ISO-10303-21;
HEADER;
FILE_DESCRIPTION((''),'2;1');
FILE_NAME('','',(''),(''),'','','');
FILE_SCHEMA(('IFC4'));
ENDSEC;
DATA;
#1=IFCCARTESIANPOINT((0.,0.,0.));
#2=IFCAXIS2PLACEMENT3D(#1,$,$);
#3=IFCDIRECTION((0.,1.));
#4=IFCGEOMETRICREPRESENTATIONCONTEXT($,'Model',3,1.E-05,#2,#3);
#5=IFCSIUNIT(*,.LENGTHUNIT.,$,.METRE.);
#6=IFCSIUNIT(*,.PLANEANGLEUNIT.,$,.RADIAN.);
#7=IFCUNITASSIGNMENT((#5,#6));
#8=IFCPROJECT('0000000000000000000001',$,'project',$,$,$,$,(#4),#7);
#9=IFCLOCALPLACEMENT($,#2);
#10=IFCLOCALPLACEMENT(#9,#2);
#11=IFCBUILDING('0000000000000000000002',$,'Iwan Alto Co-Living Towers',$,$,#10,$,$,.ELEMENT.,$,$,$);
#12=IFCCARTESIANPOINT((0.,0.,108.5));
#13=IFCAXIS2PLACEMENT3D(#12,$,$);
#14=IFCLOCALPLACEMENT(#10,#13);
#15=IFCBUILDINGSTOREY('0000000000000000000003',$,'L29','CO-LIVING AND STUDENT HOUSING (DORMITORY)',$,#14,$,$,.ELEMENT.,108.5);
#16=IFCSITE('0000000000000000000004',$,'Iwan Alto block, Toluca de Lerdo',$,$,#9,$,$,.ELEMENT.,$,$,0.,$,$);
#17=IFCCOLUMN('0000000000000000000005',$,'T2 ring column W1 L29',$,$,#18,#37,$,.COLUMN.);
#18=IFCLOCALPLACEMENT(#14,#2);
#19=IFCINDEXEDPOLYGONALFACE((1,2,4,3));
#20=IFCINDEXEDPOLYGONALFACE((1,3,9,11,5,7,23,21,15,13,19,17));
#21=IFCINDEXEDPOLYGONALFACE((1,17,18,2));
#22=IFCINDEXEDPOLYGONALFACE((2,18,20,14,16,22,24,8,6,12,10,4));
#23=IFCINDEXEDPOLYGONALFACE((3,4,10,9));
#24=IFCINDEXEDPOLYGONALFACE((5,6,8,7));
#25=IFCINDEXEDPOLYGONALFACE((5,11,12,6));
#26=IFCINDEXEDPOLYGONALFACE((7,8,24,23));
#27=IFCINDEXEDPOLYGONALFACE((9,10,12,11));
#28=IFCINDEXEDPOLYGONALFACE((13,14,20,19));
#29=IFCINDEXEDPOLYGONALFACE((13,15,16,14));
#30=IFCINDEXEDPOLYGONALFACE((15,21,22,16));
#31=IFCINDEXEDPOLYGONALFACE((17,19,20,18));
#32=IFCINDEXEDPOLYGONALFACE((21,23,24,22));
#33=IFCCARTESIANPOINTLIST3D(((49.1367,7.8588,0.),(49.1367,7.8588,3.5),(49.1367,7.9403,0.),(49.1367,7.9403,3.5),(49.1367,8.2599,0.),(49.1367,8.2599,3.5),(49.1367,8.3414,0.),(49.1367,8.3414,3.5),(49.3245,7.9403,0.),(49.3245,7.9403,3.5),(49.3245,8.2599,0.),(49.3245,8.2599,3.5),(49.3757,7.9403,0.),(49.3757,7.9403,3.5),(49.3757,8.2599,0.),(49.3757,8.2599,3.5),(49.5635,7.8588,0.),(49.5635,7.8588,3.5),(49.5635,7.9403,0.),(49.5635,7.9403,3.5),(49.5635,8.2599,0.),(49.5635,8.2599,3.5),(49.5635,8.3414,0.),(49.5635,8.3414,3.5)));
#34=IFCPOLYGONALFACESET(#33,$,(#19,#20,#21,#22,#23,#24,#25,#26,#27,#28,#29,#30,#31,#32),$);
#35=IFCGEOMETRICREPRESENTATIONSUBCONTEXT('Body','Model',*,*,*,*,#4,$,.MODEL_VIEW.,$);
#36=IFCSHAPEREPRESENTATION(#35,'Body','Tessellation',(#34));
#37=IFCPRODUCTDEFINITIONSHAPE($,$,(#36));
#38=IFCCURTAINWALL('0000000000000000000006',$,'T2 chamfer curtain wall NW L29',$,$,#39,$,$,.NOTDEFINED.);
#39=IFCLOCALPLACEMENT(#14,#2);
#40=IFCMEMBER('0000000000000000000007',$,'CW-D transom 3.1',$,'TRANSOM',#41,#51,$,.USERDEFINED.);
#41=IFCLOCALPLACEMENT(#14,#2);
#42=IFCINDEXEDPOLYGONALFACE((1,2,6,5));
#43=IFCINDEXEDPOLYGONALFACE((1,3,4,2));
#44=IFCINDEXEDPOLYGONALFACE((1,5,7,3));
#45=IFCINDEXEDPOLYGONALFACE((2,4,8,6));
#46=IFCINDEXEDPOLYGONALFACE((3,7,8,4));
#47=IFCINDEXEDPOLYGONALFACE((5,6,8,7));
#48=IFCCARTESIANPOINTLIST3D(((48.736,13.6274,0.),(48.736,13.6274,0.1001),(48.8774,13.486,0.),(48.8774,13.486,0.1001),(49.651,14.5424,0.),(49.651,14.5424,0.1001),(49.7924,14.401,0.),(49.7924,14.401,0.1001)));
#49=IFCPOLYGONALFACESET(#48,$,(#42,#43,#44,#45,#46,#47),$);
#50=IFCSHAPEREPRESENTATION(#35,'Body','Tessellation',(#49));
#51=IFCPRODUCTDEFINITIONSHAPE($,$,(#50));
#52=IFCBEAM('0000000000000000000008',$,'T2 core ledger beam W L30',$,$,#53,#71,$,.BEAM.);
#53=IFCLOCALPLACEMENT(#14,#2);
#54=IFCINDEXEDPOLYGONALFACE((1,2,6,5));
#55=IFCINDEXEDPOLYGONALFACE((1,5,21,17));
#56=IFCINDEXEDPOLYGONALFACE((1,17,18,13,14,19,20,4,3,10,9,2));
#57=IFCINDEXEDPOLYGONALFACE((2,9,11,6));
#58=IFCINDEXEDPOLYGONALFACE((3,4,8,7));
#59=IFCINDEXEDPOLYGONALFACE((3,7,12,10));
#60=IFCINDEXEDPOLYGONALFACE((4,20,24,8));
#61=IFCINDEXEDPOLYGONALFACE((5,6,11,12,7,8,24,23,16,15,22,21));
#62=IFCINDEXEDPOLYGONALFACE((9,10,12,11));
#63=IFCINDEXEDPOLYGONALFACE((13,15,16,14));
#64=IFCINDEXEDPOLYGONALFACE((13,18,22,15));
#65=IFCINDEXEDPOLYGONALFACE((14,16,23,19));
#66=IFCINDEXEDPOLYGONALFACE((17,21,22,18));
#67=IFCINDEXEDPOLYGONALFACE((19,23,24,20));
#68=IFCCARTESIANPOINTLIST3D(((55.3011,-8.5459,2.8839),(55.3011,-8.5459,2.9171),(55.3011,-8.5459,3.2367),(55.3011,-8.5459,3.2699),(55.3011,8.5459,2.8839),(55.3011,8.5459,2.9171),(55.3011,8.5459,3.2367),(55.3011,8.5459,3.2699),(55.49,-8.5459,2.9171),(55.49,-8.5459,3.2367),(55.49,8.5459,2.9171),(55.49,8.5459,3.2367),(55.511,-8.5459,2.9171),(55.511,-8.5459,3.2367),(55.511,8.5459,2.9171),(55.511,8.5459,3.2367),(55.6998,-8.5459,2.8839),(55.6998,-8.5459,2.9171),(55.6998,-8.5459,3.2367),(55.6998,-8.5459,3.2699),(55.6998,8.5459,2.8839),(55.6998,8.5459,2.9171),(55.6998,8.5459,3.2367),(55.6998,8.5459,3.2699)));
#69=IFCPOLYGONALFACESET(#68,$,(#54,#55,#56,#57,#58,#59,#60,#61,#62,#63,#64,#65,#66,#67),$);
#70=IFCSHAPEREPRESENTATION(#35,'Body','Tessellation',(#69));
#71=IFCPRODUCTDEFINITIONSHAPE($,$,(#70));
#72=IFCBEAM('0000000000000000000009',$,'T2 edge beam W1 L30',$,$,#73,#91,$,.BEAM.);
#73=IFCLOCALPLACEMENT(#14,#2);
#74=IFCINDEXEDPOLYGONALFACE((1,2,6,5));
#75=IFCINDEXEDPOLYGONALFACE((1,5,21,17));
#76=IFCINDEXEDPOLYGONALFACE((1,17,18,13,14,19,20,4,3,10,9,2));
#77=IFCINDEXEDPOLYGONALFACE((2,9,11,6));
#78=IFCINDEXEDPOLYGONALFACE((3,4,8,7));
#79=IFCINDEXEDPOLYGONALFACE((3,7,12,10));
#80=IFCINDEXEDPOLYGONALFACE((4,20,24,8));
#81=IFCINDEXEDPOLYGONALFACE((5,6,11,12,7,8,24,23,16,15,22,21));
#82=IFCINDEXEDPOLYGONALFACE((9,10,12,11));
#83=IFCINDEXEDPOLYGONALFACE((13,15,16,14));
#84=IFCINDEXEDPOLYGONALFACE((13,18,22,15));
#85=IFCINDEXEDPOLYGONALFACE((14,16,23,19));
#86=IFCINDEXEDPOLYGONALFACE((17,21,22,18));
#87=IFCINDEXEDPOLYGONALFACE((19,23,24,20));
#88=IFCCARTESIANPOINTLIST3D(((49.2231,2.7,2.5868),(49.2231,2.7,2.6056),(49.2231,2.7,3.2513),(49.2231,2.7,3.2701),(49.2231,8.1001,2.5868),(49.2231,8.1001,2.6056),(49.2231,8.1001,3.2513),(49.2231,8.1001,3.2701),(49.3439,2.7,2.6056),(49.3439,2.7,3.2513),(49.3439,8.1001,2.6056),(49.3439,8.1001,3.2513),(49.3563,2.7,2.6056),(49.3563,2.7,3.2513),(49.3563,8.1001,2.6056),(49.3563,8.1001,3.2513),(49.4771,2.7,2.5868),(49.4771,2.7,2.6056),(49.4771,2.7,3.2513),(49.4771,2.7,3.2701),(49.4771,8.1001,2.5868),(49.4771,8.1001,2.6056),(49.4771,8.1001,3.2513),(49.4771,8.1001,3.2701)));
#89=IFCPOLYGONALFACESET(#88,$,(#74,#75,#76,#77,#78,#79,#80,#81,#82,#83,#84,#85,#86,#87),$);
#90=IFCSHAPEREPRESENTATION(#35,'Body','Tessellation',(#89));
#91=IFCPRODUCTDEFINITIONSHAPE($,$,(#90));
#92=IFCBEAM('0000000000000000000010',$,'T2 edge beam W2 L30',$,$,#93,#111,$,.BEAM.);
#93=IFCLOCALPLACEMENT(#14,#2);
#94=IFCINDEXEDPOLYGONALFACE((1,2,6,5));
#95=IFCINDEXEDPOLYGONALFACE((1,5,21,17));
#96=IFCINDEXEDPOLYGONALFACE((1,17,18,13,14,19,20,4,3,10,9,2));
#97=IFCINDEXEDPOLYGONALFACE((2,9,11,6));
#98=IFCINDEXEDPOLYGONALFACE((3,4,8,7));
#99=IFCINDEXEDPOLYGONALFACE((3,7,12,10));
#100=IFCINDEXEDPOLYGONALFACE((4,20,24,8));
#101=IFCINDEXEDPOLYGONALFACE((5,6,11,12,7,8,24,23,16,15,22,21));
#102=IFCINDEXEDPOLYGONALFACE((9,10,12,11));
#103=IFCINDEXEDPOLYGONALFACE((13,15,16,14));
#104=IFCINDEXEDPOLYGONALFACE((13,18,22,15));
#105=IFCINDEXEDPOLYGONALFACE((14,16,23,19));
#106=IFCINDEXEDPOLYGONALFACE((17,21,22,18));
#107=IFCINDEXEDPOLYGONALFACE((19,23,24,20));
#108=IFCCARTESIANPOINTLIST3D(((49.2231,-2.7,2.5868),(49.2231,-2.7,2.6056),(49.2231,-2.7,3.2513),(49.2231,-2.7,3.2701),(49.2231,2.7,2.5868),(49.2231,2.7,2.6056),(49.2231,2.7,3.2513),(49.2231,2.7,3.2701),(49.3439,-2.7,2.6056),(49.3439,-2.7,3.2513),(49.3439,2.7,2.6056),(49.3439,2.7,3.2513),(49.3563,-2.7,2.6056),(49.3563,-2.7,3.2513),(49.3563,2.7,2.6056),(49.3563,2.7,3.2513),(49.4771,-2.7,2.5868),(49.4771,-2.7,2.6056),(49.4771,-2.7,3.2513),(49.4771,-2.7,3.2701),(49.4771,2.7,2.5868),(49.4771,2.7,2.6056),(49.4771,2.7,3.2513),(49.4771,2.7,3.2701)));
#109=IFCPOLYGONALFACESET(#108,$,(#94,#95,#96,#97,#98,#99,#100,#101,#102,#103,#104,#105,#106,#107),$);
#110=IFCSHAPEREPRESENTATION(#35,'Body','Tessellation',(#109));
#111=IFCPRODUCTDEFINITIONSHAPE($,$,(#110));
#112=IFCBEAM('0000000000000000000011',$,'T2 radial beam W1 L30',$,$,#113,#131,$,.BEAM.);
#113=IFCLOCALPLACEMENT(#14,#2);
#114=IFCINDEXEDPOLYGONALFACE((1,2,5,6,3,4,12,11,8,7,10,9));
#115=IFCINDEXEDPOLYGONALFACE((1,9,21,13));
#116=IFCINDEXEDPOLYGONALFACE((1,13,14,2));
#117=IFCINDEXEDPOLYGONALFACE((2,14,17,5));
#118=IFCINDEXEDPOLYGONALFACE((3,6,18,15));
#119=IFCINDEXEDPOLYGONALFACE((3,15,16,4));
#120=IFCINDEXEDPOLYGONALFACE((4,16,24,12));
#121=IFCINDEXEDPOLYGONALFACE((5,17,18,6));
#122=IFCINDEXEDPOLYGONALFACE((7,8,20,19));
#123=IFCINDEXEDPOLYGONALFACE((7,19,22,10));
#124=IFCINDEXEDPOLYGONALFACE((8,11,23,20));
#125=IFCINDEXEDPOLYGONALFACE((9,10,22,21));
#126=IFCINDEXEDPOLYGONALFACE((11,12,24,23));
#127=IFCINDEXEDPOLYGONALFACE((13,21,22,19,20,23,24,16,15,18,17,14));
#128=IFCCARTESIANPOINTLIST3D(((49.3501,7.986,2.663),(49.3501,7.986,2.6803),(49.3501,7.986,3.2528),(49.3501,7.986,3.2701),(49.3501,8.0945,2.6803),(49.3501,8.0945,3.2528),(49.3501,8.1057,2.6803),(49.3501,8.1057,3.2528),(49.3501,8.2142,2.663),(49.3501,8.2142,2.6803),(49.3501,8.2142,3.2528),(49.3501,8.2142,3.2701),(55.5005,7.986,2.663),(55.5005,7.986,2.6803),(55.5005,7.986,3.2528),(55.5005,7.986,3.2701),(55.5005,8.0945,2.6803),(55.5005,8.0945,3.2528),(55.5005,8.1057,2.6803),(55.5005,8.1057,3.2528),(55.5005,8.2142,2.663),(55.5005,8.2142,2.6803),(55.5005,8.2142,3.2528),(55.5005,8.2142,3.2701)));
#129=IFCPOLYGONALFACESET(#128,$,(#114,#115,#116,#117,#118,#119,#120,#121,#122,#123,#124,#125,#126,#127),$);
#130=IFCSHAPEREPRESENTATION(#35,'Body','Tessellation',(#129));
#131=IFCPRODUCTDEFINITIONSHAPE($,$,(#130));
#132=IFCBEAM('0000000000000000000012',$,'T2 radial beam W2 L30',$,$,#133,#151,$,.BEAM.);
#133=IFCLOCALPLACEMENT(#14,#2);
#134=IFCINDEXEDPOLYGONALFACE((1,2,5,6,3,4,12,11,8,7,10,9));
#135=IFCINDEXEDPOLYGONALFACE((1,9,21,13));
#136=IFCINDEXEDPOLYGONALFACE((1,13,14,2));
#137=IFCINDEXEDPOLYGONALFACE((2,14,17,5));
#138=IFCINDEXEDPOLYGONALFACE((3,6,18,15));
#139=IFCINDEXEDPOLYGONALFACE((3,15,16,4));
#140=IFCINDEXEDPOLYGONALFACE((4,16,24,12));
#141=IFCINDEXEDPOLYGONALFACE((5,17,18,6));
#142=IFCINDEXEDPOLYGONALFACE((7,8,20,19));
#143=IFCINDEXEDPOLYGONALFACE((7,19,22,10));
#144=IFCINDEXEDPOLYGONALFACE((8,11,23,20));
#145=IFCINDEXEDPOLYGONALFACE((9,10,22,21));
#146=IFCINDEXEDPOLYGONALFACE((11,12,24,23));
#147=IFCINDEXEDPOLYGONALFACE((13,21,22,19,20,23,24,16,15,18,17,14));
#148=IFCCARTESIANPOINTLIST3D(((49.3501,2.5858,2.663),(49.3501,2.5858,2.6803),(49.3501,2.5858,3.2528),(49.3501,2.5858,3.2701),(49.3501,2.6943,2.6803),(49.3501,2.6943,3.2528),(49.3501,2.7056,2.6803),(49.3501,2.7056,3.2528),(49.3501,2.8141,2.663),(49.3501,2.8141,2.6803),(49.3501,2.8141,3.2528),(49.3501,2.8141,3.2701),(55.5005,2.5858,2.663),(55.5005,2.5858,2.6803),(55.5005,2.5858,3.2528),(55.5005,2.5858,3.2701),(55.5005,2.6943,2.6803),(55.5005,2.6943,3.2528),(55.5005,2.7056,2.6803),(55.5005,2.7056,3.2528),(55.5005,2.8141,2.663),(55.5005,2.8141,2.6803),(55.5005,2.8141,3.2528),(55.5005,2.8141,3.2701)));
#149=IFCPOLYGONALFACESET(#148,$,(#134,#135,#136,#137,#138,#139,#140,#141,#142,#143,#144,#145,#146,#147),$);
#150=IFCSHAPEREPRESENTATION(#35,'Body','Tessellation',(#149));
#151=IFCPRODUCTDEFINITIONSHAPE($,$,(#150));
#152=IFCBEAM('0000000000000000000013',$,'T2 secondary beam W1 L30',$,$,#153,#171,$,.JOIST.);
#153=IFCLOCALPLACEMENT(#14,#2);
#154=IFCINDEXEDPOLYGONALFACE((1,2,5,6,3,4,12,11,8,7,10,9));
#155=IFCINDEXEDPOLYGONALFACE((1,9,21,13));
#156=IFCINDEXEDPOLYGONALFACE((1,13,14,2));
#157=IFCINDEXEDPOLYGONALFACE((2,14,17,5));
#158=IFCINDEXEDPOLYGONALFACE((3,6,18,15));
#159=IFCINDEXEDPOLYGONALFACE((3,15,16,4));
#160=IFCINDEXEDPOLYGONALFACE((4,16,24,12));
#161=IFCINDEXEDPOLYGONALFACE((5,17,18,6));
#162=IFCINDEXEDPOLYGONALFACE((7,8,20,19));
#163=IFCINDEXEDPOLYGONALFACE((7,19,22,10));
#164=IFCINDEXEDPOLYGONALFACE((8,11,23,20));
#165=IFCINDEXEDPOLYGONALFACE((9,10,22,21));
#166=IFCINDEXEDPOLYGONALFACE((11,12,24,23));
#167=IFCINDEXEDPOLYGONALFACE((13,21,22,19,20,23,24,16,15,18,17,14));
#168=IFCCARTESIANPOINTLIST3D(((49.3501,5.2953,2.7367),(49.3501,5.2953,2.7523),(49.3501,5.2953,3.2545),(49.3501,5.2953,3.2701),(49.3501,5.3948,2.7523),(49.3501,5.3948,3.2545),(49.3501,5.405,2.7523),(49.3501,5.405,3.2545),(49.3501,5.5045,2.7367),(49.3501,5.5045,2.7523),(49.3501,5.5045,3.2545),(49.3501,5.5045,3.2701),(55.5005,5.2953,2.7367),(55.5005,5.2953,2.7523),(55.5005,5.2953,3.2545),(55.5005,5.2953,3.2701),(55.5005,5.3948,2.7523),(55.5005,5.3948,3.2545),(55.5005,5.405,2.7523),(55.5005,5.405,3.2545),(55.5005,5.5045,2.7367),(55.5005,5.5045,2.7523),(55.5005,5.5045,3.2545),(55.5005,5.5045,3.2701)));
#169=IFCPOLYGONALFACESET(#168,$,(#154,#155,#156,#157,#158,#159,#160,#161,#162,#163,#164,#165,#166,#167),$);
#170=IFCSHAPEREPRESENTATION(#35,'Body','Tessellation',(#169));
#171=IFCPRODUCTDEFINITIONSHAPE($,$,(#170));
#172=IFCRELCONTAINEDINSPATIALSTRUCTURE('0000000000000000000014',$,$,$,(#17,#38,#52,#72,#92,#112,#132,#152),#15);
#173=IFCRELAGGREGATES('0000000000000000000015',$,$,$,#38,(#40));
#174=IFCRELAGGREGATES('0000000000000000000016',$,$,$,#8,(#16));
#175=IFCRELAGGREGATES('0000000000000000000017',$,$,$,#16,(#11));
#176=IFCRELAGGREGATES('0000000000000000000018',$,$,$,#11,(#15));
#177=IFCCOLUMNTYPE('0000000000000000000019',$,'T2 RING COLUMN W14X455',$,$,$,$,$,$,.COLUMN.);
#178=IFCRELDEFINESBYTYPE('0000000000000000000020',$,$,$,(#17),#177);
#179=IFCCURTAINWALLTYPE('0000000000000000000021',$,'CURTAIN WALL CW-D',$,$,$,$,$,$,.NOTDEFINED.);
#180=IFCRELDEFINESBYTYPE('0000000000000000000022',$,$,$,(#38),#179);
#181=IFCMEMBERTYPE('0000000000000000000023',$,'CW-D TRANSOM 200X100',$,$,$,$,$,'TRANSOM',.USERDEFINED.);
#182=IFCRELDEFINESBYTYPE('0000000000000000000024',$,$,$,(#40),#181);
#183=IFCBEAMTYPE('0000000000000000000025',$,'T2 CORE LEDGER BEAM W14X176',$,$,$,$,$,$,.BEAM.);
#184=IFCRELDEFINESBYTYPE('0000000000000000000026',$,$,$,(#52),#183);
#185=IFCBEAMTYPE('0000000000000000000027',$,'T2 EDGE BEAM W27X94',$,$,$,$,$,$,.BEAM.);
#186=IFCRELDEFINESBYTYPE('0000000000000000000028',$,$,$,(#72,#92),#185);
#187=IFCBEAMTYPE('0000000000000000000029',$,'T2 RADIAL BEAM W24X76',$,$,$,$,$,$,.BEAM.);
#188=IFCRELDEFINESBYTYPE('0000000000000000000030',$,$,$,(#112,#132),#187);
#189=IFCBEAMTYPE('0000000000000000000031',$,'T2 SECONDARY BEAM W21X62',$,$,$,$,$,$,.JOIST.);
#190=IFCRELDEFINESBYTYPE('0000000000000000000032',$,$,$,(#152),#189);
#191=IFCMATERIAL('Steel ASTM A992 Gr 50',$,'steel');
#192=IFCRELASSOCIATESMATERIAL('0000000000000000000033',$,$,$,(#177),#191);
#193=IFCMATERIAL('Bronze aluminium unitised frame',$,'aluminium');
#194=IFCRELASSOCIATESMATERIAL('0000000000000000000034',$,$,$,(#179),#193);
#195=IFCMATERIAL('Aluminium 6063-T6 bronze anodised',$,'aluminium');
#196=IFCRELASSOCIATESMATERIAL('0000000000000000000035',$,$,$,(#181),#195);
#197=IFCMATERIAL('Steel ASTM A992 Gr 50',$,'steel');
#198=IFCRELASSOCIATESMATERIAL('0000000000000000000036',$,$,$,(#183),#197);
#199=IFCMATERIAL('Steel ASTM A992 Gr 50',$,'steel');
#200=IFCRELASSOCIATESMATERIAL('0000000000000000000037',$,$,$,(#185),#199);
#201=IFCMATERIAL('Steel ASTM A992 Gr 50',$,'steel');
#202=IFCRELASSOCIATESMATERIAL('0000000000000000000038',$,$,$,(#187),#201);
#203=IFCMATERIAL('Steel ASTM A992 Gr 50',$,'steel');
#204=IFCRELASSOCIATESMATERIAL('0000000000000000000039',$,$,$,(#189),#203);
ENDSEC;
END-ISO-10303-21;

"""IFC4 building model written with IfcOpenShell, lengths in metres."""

from ifc_helpers import new_model, si_unit, direction, frame, origin, origin_2d, place, context, subcontext, project, spatial, rectangle, i_section, extrude, material, material_profile, profile_set, type_object, element, aggregate, save


model = new_model("IFC4")

# Units and contexts
model_context = context("Model", 3, precision=1e-05, world=origin(), true_north=direction((0.0, 1.0)))
body_context = subcontext(model_context, "Body", "Model", "MODEL_VIEW")
ifc_project = project(units=[si_unit("LENGTHUNIT", "METRE"), si_unit("PLANEANGLEUNIT", "RADIAN")], contexts=[model_context])

# Site, building, storey
site_placement = place(None, origin())
site = spatial("IfcSite", under=ifc_project, at=site_placement, Name="Iwan Alto block, Toluca de Lerdo", CompositionType="ELEMENT", RefElevation=0.0)
building_placement = place(site_placement, origin())
building = spatial("IfcBuilding", under=site, at=building_placement, Name="Iwan Alto Co-Living Towers", CompositionType="ELEMENT")
storey_placement = place(building_placement, frame((0.0, 0.0, 108.5)))
storey = spatial("IfcBuildingStorey", under=building, at=storey_placement, Name="L29", Description="CO-LIVING AND STUDENT HOUSING (DORMITORY)", CompositionType="ELEMENT", Elevation=108.5)

# Column
ifc_material_1 = material(Name="Steel ASTM A992 Gr 50", Category="steel")
ifc_material_profile_1 = material_profile(ifc_material_1, i_section(OverallWidth=0.4268, OverallDepth=0.4827, WebThickness=0.0513, FlangeThickness=0.0815, at=origin_2d()), Name="W14X455")
ifc_profile_set_1 = profile_set([ifc_material_profile_1], Name="Steel ASTM A992 Gr 50")
column_type = type_object("IfcColumnType", Name="T2 RING COLUMN W14X455", PredefinedType="COLUMN", material=ifc_profile_set_1)
column_placement = place(storey_placement, frame((49.3501, 8.1001, 0.0), z_axis=(0.0, 0.0, 1.0), x_axis=(1.0, 0.0, 0.0)))
element("IfcColumn", 1, at=column_placement, inside=storey, type_object=column_type, Name="T2 ring column W1 L29", PredefinedType="COLUMN", context=body_context, shape_type="SweptSolid", body=[
    extrude(i_section(OverallWidth=0.4268, OverallDepth=0.4827, WebThickness=0.0513, FlangeThickness=0.0815, at=origin_2d()), origin(), (0.0, 0.0, 1.0), 3.5),
])

# Curtain wall, member
ifc_material_2 = material(Name="Bronze aluminium unitised frame", Category="aluminium")
curtain_wall_type = type_object("IfcCurtainWallType", Name="CURTAIN WALL CW-D", PredefinedType="NOTDEFINED", material=ifc_material_2)
curtain_wall_placement = place(storey_placement, origin())
curtain_wall = element("IfcCurtainWall", 2, at=curtain_wall_placement, inside=storey, type_object=curtain_wall_type, Name="T2 chamfer curtain wall NW L29", PredefinedType="NOTDEFINED")
ifc_material_3 = material(Name="Aluminium 6063-T6 bronze anodised", Category="aluminium")
ifc_material_profile_2 = material_profile(ifc_material_3, rectangle(XDim=0.2, YDim=0.1001, at=origin_2d()), Name="AL 200X100")
ifc_profile_set_2 = profile_set([ifc_material_profile_2], Name="Aluminium 6063-T6 bronze anodised")
member_type = type_object("IfcMemberType", Name="CW-D TRANSOM 200X100", ElementType="TRANSOM", PredefinedType="USERDEFINED", material=ifc_profile_set_2)
member_placement = place(storey_placement, frame((49.7217, 14.4717, 0.05), z_axis=(-0.707107, -0.707107, 0.0), x_axis=(0.707107, -0.707107, 0.0)))
member = element("IfcMember", 3, at=member_placement, type_object=member_type, Name="CW-D transom 3.1", ObjectType="TRANSOM", PredefinedType="USERDEFINED", context=body_context, shape_type="SweptSolid", body=[
    extrude(rectangle(XDim=0.2, YDim=0.1001, at=origin_2d()), origin(), (0.0, 0.0, 1.0), 1.2939),
])
aggregate(curtain_wall, [member])

# Beams
ifc_material_4 = material(Name="Steel ASTM A992 Gr 50", Category="steel")
ifc_material_profile_3 = material_profile(ifc_material_4, i_section(OverallWidth=0.3987, OverallDepth=0.386, WebThickness=0.021, FlangeThickness=0.0332, at=origin_2d()), Name="W14X176")
ifc_profile_set_3 = profile_set([ifc_material_profile_3], Name="Steel ASTM A992 Gr 50")
beam_type_1 = type_object("IfcBeamType", Name="T2 CORE LEDGER BEAM W14X176", PredefinedType="BEAM", material=ifc_profile_set_3)
beam_1_placement = place(storey_placement, frame((55.5005, 8.5459, 3.0769), z_axis=(0.0, -1.0, 0.0), x_axis=(1.0, 0.0, 0.0)))
element("IfcBeam", 4, at=beam_1_placement, inside=storey, type_object=beam_type_1, Name="T2 core ledger beam W L30", PredefinedType="BEAM", context=body_context, shape_type="SweptSolid", body=[
    extrude(i_section(OverallWidth=0.3987, OverallDepth=0.386, WebThickness=0.021, FlangeThickness=0.0332, at=origin_2d()), origin(), (0.0, 0.0, 1.0), 17.0918),
])
ifc_material_5 = material(Name="Steel ASTM A992 Gr 50", Category="steel")
ifc_material_profile_4 = material_profile(ifc_material_5, i_section(OverallWidth=0.2539, OverallDepth=0.6833, WebThickness=0.0125, FlangeThickness=0.0188, at=origin_2d()), Name="W27X94")
ifc_profile_set_4 = profile_set([ifc_material_profile_4], Name="Steel ASTM A992 Gr 50")
beam_type_2 = type_object("IfcBeamType", Name="T2 EDGE BEAM W27X94", PredefinedType="BEAM", material=ifc_profile_set_4)
beam_2_placement = place(storey_placement, frame((49.3501, 8.1001, 2.9285), z_axis=(0.0, -1.0, 0.0), x_axis=(1.0, 0.0, 0.0)))
element("IfcBeam", 5, at=beam_2_placement, inside=storey, type_object=beam_type_2, Name="T2 edge beam W1 L30", PredefinedType="BEAM", context=body_context, shape_type="SweptSolid", body=[
    extrude(i_section(OverallWidth=0.2539, OverallDepth=0.6833, WebThickness=0.0125, FlangeThickness=0.0188, at=origin_2d()), origin(), (0.0, 0.0, 1.0), 5.4001),
])
beam_3_placement = place(storey_placement, frame((49.3501, 2.7, 2.9285), z_axis=(0.0, -1.0, 0.0), x_axis=(1.0, 0.0, 0.0)))
element("IfcBeam", 6, at=beam_3_placement, inside=storey, type_object=beam_type_2, Name="T2 edge beam W2 L30", PredefinedType="BEAM", context=body_context, shape_type="SweptSolid", body=[
    extrude(i_section(OverallWidth=0.2539, OverallDepth=0.6833, WebThickness=0.0125, FlangeThickness=0.0188, at=origin_2d()), origin(), (0.0, 0.0, 1.0), 5.3999),
])
ifc_material_6 = material(Name="Steel ASTM A992 Gr 50", Category="steel")
ifc_material_profile_5 = material_profile(ifc_material_6, i_section(OverallWidth=0.2283, OverallDepth=0.6072, WebThickness=0.0112, FlangeThickness=0.0173, at=origin_2d()), Name="W24X76")
ifc_profile_set_5 = profile_set([ifc_material_profile_5], Name="Steel ASTM A992 Gr 50")
beam_type_3 = type_object("IfcBeamType", Name="T2 RADIAL BEAM W24X76", PredefinedType="BEAM", material=ifc_profile_set_5)
for number, where, z_axis, x_axis, name in (
    (7, (49.3501, 8.1001, 2.9666), (1.0, 0.0, 0.0), (0.0, 1.0, 0.0), "T2 radial beam W1 L30"),
    (8, (49.3501, 2.7, 2.9666), (1.0, 0.0, 0.0), (0.0, 1.0, 0.0), "T2 radial beam W2 L30"),
):
    element("IfcBeam", number, at=place(storey_placement, frame(where, z_axis=z_axis, x_axis=x_axis)), inside=storey, type_object=beam_type_3, Name=name, PredefinedType="BEAM", context=body_context, shape_type="SweptSolid", body=[
        extrude(i_section(OverallWidth=0.2283, OverallDepth=0.6072, WebThickness=0.0112, FlangeThickness=0.0173, at=origin_2d()), origin(), (0.0, 0.0, 1.0), 6.1504),
    ])
ifc_material_7 = material(Name="Steel ASTM A992 Gr 50", Category="steel")
ifc_material_profile_6 = material_profile(ifc_material_7, i_section(OverallWidth=0.2092, OverallDepth=0.5334, WebThickness=0.0103, FlangeThickness=0.0156, at=origin_2d()), Name="W21X62")
ifc_profile_set_6 = profile_set([ifc_material_profile_6], Name="Steel ASTM A992 Gr 50")
beam_type_4 = type_object("IfcBeamType", Name="T2 SECONDARY BEAM W21X62", PredefinedType="JOIST", material=ifc_profile_set_6)
beam_4_placement = place(storey_placement, frame((49.3501, 5.3999, 3.0034), z_axis=(1.0, 0.0, 0.0), x_axis=(0.0, 1.0, 0.0)))
element("IfcBeam", 9, at=beam_4_placement, inside=storey, type_object=beam_type_4, Name="T2 secondary beam W1 L30", PredefinedType="JOIST", context=body_context, shape_type="SweptSolid", body=[
    extrude(i_section(OverallWidth=0.2092, OverallDepth=0.5334, WebThickness=0.0103, FlangeThickness=0.0156, at=origin_2d()), origin(), (0.0, 0.0, 1.0), 6.1504),
])

save(model, "model.ifc")
